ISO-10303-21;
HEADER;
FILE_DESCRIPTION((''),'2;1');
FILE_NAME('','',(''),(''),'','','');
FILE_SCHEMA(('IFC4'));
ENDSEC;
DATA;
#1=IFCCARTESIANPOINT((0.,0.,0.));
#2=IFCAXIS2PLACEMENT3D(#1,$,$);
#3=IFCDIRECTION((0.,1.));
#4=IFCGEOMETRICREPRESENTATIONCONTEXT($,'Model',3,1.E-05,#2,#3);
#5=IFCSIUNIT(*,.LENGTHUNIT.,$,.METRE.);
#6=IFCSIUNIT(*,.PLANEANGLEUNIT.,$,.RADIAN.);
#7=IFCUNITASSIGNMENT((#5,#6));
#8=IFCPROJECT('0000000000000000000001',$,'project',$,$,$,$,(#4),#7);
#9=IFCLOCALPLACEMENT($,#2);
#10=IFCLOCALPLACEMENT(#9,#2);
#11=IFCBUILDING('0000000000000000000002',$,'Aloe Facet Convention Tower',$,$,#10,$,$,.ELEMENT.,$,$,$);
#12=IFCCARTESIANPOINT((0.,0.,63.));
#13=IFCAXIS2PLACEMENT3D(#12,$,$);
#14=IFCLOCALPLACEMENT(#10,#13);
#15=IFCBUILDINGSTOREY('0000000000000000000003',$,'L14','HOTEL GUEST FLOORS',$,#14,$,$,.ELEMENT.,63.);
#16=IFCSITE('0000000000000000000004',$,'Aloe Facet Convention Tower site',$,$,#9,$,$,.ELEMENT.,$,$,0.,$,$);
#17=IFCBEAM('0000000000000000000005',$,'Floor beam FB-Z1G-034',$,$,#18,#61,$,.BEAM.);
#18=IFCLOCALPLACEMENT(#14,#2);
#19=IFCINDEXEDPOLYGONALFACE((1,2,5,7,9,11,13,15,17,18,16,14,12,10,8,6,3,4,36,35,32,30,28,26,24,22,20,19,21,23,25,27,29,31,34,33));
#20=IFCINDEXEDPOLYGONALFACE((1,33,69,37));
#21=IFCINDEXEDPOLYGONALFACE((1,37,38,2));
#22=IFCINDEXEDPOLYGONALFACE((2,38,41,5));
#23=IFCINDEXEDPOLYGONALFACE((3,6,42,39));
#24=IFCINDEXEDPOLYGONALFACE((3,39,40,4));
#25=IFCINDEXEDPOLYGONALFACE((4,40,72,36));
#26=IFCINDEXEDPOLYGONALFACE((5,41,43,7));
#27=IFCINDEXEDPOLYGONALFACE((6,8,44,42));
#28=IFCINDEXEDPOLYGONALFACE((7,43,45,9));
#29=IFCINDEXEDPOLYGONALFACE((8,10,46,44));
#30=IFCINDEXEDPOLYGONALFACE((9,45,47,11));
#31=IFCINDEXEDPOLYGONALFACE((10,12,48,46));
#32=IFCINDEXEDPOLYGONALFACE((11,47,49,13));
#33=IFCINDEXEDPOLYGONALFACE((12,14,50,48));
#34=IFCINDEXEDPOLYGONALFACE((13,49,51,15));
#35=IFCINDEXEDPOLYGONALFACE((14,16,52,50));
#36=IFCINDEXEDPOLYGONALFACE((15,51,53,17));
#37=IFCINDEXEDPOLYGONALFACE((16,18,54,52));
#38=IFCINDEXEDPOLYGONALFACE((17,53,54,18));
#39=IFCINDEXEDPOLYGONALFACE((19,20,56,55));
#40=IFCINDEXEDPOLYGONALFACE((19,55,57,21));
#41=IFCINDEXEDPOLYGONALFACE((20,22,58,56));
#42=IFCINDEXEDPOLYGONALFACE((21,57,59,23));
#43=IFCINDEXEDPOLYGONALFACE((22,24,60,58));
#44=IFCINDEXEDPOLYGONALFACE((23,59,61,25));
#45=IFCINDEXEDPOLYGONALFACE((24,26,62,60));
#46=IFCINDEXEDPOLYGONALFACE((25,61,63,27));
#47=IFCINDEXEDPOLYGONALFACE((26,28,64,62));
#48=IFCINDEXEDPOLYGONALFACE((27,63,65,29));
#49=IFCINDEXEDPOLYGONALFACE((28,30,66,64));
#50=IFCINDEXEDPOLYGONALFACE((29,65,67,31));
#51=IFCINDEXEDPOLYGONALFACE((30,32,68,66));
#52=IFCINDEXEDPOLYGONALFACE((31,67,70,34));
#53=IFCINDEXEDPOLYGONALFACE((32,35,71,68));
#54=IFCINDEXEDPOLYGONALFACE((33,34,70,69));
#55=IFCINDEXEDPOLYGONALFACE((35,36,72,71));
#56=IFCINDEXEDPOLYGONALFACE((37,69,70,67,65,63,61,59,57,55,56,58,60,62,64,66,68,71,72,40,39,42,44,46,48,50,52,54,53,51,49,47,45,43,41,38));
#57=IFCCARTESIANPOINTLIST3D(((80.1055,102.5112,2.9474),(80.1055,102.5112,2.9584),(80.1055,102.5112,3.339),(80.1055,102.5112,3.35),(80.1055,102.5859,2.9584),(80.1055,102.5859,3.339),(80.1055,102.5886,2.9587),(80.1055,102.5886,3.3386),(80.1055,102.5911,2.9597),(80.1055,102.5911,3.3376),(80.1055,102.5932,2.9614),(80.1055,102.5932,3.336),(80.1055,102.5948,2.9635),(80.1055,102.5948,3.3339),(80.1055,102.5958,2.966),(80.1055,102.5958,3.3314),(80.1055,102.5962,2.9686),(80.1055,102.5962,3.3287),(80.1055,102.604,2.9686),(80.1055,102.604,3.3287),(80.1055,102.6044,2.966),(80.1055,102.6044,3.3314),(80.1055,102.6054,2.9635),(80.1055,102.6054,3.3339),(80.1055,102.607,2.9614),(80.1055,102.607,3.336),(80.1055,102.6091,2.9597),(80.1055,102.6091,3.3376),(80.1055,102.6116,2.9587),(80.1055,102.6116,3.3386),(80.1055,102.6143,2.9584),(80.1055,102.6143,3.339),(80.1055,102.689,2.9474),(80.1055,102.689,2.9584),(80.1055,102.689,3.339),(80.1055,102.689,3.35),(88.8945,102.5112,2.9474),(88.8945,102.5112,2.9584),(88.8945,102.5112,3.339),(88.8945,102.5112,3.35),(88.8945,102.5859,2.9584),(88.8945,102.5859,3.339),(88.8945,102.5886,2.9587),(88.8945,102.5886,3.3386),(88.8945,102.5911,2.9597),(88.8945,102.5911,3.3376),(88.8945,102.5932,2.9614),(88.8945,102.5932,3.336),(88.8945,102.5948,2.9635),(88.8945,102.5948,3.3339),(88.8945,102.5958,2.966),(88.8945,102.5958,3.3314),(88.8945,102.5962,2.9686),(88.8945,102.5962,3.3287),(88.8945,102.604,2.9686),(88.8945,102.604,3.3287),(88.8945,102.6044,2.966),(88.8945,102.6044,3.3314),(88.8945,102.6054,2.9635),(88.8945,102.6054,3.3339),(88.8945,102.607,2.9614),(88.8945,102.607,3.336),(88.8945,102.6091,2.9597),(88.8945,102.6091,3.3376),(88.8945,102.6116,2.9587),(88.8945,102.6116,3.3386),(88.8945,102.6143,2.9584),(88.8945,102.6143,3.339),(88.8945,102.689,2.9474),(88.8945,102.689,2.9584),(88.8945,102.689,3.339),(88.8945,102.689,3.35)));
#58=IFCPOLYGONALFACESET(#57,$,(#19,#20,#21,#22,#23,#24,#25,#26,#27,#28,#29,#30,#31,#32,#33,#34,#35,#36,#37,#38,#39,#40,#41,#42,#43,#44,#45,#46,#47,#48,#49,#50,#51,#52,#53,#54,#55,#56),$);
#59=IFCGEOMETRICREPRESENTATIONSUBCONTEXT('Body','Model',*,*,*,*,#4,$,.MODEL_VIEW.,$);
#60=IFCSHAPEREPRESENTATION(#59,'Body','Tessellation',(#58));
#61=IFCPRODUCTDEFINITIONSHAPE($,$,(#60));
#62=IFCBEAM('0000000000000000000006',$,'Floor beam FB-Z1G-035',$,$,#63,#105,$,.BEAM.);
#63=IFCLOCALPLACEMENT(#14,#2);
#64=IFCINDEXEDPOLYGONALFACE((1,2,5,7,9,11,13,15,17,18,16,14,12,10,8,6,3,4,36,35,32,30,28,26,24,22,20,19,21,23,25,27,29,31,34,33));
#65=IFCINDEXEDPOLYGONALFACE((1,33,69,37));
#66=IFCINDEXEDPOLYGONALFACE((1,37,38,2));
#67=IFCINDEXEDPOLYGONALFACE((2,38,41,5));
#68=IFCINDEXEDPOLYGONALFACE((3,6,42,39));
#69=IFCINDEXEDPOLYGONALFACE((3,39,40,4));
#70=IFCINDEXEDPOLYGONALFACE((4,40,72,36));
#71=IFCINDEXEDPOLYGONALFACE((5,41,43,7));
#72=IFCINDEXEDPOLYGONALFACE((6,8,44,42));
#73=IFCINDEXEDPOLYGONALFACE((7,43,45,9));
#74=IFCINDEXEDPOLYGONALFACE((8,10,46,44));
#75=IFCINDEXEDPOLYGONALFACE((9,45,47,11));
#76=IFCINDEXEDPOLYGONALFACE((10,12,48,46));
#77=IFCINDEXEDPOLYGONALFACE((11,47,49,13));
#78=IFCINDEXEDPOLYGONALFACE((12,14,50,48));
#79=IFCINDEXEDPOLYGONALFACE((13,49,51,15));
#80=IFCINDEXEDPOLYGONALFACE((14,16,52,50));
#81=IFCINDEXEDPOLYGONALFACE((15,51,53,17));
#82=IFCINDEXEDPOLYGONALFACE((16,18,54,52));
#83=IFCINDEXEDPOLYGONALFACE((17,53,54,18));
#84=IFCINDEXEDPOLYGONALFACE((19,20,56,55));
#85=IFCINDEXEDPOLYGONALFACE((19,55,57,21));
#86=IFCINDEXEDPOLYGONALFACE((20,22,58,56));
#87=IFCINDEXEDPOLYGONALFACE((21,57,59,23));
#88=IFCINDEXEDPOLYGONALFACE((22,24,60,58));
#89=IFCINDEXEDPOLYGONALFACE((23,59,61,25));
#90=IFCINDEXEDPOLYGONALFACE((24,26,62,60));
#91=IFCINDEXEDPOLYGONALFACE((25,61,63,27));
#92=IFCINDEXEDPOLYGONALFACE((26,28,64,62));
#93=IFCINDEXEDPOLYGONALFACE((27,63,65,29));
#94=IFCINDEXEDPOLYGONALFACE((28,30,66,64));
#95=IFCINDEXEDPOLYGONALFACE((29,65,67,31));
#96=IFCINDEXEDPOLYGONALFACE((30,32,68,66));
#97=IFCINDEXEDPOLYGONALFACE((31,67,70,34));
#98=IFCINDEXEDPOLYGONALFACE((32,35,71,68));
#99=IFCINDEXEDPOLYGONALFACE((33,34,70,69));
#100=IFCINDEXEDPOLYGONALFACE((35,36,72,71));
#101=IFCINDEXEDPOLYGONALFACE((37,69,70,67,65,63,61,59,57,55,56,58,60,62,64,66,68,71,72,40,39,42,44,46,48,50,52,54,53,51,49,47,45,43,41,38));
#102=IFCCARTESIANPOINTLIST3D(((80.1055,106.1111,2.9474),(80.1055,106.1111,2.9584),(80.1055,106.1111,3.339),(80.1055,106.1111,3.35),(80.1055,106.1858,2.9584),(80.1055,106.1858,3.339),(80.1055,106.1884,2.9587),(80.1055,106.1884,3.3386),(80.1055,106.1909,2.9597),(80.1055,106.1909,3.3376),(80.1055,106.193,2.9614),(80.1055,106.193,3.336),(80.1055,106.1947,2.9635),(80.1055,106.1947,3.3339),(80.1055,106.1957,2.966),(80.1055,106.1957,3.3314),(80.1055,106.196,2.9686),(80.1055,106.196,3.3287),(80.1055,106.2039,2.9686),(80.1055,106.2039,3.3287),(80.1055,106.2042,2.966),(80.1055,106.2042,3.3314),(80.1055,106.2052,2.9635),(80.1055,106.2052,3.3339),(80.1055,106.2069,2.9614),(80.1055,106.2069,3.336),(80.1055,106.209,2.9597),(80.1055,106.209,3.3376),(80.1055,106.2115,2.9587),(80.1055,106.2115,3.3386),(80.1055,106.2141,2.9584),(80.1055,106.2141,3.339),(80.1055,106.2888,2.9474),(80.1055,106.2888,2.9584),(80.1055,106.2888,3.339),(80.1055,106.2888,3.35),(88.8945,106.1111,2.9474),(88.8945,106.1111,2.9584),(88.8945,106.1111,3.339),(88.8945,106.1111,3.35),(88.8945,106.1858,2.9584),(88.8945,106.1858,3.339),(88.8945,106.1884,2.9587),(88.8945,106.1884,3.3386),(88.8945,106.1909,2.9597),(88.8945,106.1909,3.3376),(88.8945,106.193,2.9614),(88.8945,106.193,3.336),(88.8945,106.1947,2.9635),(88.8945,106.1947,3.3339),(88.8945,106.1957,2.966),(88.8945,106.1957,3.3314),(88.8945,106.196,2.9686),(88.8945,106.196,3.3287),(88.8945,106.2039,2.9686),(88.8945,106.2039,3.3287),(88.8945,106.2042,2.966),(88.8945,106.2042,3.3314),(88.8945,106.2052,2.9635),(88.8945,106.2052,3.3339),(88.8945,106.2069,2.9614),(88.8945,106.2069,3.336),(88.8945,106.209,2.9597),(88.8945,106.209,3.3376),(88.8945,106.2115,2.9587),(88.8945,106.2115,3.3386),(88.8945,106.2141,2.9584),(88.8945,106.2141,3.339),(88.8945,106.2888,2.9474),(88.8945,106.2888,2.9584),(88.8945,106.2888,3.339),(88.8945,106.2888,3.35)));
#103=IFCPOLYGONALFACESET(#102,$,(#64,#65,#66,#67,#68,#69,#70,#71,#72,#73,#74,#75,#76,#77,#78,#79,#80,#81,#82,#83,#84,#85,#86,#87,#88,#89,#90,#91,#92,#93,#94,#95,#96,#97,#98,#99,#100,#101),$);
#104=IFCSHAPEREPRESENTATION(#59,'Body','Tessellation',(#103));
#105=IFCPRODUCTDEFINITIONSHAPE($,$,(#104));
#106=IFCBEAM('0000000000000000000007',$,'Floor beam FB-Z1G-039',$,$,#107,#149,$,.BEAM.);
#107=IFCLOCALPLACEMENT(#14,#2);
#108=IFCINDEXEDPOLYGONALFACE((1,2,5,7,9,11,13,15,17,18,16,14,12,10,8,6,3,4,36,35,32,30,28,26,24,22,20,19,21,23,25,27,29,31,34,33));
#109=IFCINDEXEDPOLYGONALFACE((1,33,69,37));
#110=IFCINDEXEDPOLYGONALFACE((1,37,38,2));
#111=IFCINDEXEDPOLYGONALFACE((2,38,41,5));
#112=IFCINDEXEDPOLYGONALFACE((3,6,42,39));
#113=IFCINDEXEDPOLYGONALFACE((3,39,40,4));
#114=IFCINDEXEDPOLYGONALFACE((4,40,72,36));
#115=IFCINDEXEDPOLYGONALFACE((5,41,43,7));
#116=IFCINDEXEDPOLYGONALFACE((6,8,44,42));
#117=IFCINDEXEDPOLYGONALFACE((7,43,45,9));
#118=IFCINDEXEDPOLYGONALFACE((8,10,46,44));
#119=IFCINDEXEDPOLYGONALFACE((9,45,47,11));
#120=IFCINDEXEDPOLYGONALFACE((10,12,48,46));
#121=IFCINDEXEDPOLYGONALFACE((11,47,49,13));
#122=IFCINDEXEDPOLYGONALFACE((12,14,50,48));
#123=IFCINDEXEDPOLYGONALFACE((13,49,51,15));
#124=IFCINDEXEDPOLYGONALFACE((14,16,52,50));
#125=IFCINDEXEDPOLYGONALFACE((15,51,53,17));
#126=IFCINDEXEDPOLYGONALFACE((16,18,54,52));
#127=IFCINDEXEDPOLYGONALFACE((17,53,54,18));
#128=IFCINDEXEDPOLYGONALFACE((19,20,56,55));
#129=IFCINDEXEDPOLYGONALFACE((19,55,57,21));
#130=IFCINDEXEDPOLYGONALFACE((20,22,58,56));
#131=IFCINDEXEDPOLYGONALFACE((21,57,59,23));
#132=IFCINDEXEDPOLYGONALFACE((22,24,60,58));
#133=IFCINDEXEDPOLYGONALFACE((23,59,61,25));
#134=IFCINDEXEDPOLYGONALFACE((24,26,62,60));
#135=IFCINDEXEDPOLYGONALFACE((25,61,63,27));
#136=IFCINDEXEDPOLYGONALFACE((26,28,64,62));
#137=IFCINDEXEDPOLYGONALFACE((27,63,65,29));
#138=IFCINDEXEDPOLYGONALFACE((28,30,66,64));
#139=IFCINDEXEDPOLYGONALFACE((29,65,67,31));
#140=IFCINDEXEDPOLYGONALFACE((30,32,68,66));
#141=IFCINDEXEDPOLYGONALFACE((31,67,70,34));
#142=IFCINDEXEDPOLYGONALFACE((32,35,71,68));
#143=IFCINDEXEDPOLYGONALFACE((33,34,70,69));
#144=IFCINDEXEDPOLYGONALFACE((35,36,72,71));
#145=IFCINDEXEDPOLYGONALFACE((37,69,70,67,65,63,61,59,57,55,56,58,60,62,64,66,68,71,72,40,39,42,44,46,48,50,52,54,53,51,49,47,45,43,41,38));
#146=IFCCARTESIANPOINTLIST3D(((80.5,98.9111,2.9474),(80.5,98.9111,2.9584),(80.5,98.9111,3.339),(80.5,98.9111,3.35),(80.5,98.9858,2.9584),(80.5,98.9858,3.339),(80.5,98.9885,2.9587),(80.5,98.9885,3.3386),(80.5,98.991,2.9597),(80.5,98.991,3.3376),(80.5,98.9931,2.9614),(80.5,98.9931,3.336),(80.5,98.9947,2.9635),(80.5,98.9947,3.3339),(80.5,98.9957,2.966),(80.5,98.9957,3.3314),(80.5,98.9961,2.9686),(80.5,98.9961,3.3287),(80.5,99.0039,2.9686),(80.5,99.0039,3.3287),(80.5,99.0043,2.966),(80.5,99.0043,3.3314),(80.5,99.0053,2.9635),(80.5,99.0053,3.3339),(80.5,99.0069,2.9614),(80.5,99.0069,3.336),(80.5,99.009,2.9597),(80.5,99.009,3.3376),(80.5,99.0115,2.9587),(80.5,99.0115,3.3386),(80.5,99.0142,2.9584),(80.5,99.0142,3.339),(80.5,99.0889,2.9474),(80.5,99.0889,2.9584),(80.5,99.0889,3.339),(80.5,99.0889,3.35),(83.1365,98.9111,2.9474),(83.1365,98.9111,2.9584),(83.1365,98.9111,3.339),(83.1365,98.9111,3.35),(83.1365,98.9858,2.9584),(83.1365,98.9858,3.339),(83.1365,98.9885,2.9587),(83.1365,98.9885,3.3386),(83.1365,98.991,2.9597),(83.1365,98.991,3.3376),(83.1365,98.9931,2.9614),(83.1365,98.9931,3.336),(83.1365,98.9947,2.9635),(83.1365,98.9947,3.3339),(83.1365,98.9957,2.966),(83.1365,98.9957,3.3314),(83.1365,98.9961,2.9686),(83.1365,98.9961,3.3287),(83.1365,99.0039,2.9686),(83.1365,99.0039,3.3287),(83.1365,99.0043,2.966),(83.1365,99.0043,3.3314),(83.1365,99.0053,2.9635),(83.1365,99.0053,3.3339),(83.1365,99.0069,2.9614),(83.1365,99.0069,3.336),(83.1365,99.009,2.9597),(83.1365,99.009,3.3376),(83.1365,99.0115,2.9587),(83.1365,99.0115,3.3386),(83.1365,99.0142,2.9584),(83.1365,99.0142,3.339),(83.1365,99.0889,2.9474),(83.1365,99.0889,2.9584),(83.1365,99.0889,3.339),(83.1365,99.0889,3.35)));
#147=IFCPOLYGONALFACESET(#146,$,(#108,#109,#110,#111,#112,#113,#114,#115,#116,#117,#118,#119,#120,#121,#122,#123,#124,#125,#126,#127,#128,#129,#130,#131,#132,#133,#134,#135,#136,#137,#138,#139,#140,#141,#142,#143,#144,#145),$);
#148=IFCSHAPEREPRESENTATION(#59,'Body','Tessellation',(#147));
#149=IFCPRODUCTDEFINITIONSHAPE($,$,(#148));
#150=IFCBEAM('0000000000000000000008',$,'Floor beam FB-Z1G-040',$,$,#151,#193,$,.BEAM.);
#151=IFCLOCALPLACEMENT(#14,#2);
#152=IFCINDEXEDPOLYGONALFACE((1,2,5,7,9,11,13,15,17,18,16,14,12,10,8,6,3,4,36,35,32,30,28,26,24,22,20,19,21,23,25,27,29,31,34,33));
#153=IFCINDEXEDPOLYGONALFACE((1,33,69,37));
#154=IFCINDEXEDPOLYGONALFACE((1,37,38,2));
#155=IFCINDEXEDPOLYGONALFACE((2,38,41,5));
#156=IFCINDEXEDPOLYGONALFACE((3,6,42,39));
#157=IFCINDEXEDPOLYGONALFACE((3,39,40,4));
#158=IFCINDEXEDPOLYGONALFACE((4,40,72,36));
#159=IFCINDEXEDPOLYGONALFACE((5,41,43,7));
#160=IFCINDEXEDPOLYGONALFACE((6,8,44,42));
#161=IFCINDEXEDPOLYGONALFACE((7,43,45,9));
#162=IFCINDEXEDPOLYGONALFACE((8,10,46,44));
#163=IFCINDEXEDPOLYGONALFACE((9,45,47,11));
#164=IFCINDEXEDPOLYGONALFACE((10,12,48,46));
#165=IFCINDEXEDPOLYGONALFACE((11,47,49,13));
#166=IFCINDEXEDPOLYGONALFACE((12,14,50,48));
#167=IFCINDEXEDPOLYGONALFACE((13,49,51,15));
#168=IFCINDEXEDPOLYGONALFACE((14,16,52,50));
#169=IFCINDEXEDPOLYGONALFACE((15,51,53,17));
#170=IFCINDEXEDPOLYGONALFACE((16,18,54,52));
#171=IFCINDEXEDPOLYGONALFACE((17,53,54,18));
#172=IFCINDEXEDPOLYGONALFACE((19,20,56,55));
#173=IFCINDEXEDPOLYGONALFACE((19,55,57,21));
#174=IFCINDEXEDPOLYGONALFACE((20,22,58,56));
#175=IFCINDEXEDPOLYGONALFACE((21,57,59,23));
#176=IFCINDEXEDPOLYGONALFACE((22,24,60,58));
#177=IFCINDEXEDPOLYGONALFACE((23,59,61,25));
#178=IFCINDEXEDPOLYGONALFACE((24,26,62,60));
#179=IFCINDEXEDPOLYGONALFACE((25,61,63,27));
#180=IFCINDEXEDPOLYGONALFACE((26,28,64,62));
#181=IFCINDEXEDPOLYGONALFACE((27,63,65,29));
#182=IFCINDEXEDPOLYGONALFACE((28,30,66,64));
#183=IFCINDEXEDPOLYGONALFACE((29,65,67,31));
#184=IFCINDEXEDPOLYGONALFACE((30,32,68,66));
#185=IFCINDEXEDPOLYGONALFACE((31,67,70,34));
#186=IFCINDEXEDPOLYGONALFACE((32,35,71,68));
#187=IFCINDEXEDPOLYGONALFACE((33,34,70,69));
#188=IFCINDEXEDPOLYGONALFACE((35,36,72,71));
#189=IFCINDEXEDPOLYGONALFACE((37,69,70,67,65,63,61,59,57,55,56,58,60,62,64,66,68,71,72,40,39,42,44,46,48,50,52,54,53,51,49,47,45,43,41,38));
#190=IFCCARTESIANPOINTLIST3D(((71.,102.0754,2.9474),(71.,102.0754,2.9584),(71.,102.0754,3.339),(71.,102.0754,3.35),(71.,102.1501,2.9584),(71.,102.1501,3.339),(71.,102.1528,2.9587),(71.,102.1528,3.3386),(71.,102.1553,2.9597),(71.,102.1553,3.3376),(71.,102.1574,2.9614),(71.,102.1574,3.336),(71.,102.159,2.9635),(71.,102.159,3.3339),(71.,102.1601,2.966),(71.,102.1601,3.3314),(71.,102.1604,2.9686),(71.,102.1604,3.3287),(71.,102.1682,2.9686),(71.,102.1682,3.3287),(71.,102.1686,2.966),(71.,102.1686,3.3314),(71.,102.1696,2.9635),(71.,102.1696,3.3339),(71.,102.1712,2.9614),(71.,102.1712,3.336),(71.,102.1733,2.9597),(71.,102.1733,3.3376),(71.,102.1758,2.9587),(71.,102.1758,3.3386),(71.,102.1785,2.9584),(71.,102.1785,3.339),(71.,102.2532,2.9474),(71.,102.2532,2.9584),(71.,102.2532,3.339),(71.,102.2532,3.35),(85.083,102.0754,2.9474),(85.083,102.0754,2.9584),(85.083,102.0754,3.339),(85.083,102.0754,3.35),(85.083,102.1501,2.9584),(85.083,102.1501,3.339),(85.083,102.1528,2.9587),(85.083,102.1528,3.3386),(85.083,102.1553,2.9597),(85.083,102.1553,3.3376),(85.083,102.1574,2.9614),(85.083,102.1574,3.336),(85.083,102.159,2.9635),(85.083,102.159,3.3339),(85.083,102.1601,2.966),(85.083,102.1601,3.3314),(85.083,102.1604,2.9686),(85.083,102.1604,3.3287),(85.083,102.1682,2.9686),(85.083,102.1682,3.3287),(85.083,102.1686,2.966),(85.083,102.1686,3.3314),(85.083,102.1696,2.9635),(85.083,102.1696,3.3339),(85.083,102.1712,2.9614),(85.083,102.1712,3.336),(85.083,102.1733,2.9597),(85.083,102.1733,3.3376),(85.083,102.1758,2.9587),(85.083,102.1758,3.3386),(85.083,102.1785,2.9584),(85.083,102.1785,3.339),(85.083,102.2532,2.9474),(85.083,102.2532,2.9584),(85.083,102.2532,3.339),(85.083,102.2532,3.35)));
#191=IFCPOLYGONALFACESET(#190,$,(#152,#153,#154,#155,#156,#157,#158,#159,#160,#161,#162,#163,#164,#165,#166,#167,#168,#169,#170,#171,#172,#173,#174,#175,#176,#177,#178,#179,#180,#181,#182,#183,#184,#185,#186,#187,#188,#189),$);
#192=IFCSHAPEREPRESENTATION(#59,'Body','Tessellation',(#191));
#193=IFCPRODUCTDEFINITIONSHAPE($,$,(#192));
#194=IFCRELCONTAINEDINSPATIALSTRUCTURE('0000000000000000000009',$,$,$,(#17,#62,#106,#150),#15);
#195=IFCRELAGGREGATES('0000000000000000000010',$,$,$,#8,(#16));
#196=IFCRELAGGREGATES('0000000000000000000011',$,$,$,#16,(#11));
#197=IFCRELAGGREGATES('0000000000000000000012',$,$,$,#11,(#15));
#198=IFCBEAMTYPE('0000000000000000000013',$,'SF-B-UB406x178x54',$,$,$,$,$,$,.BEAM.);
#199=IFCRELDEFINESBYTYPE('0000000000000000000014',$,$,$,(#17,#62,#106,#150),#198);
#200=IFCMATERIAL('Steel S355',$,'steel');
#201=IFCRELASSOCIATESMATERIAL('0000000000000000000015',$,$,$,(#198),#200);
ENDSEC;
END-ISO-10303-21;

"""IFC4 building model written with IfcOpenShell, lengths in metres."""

from ifc_helpers import new_model, si_unit, direction, frame, origin, origin_2d, place, context, subcontext, project, spatial, i_section, extrude, material, material_profile, profile_set, type_object, element, save


model = new_model("IFC4")

# Units and contexts
model_context = context("Model", 3, precision=1e-05, world=origin(), true_north=direction((0.0, 1.0)))
body_context = subcontext(model_context, "Body", "Model", "MODEL_VIEW")
ifc_project = project(units=[si_unit("LENGTHUNIT", "METRE"), si_unit("PLANEANGLEUNIT", "RADIAN")], contexts=[model_context])

# Site, building, storey
site_placement = place(None, origin())
site = spatial("IfcSite", under=ifc_project, at=site_placement, Name="Aloe Facet Convention Tower site", CompositionType="ELEMENT", RefElevation=0.0)
building_placement = place(site_placement, origin())
building = spatial("IfcBuilding", under=site, at=building_placement, Name="Aloe Facet Convention Tower", CompositionType="ELEMENT")
storey_placement = place(building_placement, frame((0.0, 0.0, 63.0)))
storey = spatial("IfcBuildingStorey", under=building, at=storey_placement, Name="L14", Description="HOTEL GUEST FLOORS", CompositionType="ELEMENT", Elevation=63.0)

# Beams
ifc_material_1 = material(Name="Steel S355", Category="steel")
ifc_material_profile_1 = material_profile(ifc_material_1, i_section(OverallWidth=0.1777, OverallDepth=0.4026, WebThickness=0.0078, FlangeThickness=0.011, FilletRadius=0.0103, at=origin_2d()), Name="UB 406x178x54")
ifc_profile_set_1 = profile_set([ifc_material_profile_1], Name="Steel S355")
beam_type_1 = type_object("IfcBeamType", Name="SF-B-UB406x178x54", PredefinedType="BEAM", material=ifc_profile_set_1)
for number, where, z_axis, x_axis, name in (
    (1, (80.1055, 102.6001, 3.1487), (1.0, 0.0, 0.0), (0.0, 1.0, 0.0), "Floor beam FB-Z1G-034"),
    (2, (80.1055, 106.2, 3.1487), (1.0, 0.0, 0.0), (0.0, 1.0, 0.0), "Floor beam FB-Z1G-035"),
):
    element("IfcBeam", number, at=place(storey_placement, frame(where, z_axis=z_axis, x_axis=x_axis)), inside=storey, type_object=beam_type_1, Name=name, PredefinedType="BEAM", context=body_context, shape_type="SweptSolid", body=[
        extrude(i_section(OverallWidth=0.1777, OverallDepth=0.4026, WebThickness=0.0078, FlangeThickness=0.011, FilletRadius=0.0103, at=origin_2d()), origin(), (0.0, 0.0, 1.0), 8.7891),
    ])
beam_1_placement = place(storey_placement, frame((80.5, 99.0, 3.1487), z_axis=(1.0, 0.0, 0.0), x_axis=(0.0, 1.0, 0.0)))
element("IfcBeam", 3, at=beam_1_placement, inside=storey, type_object=beam_type_1, Name="Floor beam FB-Z1G-039", PredefinedType="BEAM", context=body_context, shape_type="SweptSolid", body=[
    extrude(i_section(OverallWidth=0.1777, OverallDepth=0.4026, WebThickness=0.0078, FlangeThickness=0.011, FilletRadius=0.0103, at=origin_2d()), origin(), (0.0, 0.0, 1.0), 2.6365),
])
beam_2_placement = place(storey_placement, frame((85.083, 102.1643, 3.1487), z_axis=(-1.0, 0.0, 0.0), x_axis=(0.0, -1.0, 0.0)))
element("IfcBeam", 4, at=beam_2_placement, inside=storey, type_object=beam_type_1, Name="Floor beam FB-Z1G-040", PredefinedType="BEAM", context=body_context, shape_type="SweptSolid", body=[
    extrude(i_section(OverallWidth=0.1777, OverallDepth=0.4026, WebThickness=0.0078, FlangeThickness=0.011, FilletRadius=0.0103, at=origin_2d()), origin(), (0.0, 0.0, 1.0), 14.083),
])

save(model, "model.ifc")
